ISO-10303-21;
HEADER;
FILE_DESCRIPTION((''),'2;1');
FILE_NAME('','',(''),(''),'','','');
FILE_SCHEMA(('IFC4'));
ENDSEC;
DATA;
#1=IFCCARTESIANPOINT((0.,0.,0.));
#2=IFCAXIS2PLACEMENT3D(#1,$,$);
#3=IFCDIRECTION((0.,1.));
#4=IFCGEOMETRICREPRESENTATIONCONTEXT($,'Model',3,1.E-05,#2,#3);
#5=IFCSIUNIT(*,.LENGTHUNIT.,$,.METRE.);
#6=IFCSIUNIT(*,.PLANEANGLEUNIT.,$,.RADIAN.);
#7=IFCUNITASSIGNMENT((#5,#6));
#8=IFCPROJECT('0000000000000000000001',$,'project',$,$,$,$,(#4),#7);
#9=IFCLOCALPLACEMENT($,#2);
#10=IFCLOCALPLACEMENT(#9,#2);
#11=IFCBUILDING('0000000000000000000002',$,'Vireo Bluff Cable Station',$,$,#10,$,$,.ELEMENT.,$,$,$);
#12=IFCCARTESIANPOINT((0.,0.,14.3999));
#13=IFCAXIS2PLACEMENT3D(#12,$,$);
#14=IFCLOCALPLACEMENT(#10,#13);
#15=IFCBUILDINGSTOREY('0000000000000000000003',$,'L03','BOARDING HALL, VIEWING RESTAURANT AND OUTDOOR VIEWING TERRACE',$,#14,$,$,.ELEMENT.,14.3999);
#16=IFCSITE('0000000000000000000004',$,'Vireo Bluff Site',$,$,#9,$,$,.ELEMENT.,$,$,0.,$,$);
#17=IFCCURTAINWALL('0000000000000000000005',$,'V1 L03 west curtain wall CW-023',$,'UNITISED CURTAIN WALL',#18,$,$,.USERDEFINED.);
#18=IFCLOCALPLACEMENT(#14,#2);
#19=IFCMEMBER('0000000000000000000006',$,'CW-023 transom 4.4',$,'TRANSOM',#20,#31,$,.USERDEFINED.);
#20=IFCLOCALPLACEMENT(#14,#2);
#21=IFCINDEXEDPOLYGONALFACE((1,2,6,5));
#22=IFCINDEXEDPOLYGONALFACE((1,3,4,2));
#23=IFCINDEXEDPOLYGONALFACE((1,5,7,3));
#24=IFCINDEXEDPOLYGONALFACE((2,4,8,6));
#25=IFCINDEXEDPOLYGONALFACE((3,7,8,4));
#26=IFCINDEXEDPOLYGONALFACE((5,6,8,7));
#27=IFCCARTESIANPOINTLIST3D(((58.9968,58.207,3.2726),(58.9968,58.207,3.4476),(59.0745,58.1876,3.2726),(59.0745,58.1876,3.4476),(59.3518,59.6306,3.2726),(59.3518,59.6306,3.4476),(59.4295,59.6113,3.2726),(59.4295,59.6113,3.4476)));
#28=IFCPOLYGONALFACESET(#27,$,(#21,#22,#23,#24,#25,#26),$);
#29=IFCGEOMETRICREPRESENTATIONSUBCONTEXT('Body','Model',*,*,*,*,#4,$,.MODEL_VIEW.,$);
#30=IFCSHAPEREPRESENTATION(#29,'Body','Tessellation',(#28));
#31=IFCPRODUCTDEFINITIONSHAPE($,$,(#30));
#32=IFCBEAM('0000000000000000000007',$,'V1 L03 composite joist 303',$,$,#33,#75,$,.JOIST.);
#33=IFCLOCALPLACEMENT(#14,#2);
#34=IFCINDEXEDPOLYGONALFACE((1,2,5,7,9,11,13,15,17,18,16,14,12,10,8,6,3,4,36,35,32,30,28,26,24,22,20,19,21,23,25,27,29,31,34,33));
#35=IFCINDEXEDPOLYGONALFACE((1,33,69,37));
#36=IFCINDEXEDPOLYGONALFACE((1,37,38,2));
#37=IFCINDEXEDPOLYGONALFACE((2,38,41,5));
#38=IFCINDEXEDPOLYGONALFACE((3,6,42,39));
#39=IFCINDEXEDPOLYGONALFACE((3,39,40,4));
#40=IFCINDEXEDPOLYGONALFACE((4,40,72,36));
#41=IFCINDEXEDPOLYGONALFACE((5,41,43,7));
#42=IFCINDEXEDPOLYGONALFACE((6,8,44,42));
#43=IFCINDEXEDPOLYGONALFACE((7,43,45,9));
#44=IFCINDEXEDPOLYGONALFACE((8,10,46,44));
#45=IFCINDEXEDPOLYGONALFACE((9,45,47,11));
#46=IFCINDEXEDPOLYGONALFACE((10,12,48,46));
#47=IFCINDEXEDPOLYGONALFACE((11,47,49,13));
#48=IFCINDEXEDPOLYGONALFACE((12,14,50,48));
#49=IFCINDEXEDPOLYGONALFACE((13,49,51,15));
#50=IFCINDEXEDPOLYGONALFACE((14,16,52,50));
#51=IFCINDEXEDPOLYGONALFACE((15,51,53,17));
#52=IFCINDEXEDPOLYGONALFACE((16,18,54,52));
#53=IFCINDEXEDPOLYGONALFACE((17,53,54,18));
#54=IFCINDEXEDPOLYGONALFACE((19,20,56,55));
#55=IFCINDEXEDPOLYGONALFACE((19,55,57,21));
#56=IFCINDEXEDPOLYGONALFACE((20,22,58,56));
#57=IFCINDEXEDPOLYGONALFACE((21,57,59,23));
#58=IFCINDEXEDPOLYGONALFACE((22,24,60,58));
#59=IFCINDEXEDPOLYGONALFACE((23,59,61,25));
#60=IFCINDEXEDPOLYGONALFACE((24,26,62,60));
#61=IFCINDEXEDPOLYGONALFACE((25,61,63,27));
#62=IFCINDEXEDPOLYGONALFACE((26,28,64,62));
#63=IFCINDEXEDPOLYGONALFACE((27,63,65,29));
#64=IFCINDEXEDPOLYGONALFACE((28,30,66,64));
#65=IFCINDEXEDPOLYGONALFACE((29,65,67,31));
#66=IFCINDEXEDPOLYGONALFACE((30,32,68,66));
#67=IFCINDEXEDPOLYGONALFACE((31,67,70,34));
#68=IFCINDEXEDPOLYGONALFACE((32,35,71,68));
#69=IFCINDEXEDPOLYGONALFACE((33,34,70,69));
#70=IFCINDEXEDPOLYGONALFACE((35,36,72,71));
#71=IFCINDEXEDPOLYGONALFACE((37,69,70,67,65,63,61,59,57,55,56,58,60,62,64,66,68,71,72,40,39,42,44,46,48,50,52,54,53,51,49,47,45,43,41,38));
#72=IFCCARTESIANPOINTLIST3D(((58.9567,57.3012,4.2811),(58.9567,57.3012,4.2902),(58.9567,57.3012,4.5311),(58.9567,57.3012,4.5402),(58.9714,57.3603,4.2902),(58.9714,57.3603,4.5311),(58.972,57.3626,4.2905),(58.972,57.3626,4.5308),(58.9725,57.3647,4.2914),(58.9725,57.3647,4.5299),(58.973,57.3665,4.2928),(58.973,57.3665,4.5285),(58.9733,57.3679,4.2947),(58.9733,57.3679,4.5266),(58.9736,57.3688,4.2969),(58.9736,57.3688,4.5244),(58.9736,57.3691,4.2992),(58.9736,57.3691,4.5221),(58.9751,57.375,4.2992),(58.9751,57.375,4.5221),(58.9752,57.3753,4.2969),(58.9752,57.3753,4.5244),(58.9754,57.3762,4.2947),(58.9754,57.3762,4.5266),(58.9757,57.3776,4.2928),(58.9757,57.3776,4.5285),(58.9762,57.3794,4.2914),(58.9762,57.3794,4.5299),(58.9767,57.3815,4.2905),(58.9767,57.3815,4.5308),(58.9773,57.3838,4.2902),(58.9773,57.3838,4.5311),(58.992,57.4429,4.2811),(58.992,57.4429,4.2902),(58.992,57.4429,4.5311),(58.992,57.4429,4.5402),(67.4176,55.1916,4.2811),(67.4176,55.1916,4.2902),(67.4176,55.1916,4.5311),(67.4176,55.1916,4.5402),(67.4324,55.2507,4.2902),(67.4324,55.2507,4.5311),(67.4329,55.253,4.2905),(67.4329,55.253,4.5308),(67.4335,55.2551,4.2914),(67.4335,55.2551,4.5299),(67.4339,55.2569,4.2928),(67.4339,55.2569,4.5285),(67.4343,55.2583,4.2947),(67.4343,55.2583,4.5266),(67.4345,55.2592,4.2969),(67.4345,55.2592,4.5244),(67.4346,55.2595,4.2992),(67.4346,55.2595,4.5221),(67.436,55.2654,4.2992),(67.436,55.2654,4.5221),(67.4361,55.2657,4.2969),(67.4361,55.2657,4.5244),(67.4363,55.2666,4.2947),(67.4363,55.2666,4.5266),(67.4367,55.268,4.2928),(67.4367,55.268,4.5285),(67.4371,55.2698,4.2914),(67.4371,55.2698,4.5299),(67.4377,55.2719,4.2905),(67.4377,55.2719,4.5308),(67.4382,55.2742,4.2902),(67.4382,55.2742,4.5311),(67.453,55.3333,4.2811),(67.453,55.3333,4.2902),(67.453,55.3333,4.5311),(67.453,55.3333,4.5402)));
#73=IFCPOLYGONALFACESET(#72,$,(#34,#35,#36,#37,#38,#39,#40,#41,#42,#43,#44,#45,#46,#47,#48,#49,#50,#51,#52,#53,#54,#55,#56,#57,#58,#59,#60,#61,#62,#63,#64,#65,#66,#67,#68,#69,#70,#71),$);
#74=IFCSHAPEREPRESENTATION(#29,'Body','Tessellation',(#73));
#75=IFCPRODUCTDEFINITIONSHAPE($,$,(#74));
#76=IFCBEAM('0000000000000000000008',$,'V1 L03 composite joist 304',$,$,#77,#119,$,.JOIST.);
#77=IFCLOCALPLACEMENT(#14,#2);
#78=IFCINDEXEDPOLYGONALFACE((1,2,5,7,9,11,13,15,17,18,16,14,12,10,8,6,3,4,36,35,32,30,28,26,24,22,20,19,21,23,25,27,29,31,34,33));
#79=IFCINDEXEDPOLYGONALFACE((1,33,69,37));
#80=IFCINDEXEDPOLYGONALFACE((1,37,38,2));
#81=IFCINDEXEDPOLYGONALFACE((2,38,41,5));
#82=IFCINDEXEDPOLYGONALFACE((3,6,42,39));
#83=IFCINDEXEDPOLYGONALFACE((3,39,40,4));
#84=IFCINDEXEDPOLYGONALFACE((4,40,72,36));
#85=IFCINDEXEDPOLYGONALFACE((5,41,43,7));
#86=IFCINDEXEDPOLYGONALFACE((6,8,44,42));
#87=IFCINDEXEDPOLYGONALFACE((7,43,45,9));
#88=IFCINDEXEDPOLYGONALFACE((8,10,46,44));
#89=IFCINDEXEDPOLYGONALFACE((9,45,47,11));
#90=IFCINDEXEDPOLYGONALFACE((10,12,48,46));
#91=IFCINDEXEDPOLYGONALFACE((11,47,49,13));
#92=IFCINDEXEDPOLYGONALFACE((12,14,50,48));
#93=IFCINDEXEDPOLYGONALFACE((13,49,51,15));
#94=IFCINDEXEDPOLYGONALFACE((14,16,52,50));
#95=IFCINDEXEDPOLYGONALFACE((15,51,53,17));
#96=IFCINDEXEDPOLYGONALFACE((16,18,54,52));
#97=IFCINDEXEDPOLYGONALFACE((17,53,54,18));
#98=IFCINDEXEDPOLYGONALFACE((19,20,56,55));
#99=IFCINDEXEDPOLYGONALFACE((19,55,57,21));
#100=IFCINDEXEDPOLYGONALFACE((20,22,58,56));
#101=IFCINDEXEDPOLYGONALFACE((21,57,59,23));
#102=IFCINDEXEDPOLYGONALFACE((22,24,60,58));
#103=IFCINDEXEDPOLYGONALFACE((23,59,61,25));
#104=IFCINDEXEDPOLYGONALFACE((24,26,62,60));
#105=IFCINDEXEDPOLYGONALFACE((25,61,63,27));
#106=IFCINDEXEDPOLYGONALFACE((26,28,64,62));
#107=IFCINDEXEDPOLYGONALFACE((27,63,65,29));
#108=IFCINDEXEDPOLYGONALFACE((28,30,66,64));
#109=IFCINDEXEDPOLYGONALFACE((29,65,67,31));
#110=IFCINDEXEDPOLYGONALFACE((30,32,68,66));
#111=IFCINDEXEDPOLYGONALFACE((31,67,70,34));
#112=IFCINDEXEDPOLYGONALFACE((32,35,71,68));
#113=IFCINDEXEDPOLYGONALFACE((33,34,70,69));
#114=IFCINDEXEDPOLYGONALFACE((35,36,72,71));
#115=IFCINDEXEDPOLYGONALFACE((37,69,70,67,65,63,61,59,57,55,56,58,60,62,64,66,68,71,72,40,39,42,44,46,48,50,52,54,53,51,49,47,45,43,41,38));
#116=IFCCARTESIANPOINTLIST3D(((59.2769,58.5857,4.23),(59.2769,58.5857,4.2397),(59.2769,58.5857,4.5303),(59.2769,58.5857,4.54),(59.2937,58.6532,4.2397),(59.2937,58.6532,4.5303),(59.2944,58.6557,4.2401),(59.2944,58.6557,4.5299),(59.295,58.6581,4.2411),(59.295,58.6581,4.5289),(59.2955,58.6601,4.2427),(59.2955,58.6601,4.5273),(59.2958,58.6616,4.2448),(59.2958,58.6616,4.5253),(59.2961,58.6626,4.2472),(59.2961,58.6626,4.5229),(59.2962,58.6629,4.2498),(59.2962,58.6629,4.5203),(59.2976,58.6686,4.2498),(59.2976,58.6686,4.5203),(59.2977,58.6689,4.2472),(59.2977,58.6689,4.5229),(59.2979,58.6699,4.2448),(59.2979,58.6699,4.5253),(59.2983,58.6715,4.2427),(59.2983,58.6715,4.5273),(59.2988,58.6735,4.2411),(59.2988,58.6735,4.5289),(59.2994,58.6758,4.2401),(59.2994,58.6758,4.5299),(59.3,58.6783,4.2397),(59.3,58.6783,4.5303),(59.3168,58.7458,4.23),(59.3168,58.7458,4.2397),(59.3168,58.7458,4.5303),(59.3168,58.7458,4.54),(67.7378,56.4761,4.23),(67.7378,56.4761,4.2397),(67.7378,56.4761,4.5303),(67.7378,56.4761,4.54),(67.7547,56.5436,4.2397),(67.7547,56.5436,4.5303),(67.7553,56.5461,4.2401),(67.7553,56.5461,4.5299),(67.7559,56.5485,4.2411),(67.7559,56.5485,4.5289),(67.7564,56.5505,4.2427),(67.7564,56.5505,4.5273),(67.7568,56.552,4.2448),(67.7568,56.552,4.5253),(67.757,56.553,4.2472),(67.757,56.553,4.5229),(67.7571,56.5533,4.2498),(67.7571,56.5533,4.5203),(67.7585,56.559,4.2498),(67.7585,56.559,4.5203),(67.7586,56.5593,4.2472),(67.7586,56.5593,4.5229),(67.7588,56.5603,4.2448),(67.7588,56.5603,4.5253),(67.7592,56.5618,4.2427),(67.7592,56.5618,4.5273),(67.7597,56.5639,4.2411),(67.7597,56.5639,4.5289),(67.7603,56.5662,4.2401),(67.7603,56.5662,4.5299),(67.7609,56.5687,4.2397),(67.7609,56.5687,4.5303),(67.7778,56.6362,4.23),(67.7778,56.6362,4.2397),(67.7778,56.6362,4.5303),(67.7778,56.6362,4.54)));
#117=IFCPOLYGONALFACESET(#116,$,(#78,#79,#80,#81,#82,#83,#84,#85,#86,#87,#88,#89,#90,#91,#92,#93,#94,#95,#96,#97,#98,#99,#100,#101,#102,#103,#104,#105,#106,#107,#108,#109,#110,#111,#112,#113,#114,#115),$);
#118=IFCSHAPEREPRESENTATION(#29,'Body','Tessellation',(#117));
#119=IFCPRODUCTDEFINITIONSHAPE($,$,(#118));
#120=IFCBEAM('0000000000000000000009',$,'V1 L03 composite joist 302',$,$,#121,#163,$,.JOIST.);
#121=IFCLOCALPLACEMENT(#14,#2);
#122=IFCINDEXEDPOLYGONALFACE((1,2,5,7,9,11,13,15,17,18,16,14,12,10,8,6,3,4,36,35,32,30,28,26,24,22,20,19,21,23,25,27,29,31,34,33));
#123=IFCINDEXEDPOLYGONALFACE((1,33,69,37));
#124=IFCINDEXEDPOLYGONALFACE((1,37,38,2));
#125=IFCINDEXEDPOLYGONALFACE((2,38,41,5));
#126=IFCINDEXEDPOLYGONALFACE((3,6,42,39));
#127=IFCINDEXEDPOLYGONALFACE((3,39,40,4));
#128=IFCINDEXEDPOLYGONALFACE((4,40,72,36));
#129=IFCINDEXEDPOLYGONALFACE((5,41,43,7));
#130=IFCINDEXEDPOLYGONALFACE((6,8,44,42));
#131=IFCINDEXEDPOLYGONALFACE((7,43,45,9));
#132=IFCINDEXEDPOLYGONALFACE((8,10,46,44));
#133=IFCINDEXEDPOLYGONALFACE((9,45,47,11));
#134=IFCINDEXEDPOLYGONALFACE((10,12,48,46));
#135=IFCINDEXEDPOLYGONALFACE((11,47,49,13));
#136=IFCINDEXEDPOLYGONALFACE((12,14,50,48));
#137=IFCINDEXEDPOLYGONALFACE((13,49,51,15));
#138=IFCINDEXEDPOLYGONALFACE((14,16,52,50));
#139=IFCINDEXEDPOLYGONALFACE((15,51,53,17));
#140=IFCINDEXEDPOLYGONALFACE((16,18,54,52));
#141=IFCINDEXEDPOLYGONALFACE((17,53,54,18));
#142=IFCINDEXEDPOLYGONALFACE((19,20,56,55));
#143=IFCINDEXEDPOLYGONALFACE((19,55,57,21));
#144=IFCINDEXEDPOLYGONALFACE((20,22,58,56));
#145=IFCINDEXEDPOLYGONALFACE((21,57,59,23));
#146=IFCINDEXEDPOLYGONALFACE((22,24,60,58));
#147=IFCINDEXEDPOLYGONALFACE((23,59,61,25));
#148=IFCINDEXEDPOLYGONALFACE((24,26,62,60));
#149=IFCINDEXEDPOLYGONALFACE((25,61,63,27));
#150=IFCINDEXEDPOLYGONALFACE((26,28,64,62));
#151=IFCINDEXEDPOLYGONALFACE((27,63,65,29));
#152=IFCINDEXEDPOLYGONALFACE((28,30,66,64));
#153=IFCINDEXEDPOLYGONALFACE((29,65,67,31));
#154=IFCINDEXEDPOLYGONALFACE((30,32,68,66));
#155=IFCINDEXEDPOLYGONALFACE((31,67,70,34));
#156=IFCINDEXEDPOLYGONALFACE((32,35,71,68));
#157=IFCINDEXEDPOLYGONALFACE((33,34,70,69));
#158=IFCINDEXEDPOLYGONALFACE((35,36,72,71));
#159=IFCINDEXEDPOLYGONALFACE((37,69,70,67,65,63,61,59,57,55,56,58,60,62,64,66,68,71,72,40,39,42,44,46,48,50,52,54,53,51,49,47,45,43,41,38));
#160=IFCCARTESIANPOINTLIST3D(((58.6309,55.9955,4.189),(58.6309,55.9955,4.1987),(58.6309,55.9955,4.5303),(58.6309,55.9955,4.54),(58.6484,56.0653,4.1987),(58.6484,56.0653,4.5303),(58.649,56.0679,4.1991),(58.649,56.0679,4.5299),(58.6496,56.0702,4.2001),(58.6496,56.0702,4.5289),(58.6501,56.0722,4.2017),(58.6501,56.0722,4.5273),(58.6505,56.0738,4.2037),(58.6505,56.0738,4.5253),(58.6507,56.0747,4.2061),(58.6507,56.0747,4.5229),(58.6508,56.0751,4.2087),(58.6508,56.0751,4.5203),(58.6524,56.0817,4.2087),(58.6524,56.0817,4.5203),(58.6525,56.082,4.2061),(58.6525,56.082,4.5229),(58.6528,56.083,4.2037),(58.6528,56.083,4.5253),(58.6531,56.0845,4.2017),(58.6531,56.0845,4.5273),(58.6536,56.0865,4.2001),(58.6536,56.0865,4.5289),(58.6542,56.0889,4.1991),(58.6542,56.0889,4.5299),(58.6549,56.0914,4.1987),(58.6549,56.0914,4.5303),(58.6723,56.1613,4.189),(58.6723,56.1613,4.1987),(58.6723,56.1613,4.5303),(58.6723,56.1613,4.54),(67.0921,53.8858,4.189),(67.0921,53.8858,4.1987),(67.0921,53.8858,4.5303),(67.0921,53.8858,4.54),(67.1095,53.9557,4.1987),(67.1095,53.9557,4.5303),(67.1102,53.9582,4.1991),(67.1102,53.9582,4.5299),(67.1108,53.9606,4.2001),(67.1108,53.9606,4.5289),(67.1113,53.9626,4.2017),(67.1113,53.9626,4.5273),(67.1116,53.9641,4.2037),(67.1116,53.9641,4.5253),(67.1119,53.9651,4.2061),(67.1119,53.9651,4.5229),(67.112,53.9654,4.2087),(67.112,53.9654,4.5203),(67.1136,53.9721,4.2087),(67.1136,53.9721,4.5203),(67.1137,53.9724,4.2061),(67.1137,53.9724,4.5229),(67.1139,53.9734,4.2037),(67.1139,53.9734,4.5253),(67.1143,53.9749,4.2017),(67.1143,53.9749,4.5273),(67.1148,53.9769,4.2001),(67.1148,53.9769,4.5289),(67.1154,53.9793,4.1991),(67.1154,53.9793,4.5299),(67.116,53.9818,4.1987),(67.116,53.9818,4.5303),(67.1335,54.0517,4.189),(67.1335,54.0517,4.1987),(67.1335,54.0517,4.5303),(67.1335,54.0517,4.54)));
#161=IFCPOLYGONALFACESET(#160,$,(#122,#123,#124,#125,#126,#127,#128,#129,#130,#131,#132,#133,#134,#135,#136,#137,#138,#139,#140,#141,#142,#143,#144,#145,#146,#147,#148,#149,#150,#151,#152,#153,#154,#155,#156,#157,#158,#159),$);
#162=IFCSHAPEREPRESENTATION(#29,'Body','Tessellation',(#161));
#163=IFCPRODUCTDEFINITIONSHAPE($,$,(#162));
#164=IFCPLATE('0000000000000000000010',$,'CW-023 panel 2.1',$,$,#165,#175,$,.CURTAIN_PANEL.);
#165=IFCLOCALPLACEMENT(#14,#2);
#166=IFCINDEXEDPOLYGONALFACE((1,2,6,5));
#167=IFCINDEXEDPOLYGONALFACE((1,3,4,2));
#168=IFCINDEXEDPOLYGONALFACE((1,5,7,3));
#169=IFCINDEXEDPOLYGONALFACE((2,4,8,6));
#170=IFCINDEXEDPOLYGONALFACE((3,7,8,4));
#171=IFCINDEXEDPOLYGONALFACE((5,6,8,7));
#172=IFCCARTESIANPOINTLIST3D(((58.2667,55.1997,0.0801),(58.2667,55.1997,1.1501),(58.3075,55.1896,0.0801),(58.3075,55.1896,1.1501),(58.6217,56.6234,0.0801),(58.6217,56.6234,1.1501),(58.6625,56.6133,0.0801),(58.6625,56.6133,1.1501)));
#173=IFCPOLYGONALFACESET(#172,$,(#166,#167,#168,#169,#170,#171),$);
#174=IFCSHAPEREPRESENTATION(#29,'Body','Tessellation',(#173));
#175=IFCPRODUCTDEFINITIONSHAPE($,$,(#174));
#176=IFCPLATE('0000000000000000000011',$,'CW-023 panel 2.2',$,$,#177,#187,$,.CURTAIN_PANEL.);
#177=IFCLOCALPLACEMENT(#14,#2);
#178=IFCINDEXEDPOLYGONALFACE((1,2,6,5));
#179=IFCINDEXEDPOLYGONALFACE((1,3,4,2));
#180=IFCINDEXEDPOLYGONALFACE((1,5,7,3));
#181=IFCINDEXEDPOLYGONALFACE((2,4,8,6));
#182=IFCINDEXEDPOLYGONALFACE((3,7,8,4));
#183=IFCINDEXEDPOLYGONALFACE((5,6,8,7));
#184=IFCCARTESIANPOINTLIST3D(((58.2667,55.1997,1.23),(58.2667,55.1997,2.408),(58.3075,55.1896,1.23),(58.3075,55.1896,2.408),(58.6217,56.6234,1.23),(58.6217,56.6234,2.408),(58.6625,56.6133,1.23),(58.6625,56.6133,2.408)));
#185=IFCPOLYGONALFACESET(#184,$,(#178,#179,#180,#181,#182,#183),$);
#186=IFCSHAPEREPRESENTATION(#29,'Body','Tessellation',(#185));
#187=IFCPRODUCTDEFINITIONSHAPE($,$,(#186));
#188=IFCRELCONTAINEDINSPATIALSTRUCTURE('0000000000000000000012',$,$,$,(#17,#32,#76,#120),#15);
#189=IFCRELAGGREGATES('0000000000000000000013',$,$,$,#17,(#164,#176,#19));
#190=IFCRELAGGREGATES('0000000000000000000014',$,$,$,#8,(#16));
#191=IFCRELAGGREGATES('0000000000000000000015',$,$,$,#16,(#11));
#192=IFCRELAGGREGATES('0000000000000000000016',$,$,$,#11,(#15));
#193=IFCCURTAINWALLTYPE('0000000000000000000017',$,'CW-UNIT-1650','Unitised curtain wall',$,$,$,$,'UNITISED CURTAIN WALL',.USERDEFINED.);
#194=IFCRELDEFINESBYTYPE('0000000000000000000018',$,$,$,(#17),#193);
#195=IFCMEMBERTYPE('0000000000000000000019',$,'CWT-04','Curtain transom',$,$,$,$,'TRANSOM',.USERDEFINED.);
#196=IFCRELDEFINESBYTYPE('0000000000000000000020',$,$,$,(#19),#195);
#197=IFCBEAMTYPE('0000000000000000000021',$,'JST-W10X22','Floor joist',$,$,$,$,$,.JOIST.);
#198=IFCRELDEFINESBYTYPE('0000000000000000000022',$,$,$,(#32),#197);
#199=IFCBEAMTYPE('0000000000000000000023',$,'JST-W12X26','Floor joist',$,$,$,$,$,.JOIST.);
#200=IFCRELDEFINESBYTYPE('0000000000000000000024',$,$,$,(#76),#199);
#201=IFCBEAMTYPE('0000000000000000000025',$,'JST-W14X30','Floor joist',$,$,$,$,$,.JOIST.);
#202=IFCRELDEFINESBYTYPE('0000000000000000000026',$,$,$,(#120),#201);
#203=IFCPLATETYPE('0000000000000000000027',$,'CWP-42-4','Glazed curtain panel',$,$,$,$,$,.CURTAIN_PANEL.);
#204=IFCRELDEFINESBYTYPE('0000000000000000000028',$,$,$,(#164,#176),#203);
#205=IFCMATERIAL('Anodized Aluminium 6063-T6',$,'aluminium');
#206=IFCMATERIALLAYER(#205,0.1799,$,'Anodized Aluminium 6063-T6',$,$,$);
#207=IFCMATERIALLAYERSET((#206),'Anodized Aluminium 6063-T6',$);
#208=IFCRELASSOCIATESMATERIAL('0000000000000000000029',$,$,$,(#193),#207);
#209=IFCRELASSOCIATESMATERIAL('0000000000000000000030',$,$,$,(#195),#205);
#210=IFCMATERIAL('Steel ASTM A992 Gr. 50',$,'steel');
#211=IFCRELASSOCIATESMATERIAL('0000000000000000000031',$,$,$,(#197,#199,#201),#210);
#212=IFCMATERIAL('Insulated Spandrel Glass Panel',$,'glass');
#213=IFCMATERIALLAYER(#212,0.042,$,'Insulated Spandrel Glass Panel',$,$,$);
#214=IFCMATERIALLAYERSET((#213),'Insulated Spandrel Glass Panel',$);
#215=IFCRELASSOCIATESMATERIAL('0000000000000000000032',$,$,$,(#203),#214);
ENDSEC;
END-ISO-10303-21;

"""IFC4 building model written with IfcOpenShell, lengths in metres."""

from ifc_helpers import new_model, si_unit, direction, frame, origin, origin_2d, place, context, subcontext, project, spatial, rectangle, i_section, extrude, material, layer, layer_set, material_profile, profile_set, type_object, element, aggregate, save


model = new_model("IFC4")

# Units and contexts
model_context = context("Model", 3, precision=1e-05, world=origin(), true_north=direction((0.0, 1.0)))
body_context = subcontext(model_context, "Body", "Model", "MODEL_VIEW")
ifc_project = project(units=[si_unit("LENGTHUNIT", "METRE"), si_unit("PLANEANGLEUNIT", "RADIAN")], contexts=[model_context])

# Site, building, storey
site_placement = place(None, origin())
site = spatial("IfcSite", under=ifc_project, at=site_placement, Name="Vireo Bluff Site", CompositionType="ELEMENT", RefElevation=0.0)
building_placement = place(site_placement, origin())
building = spatial("IfcBuilding", under=site, at=building_placement, Name="Vireo Bluff Cable Station", CompositionType="ELEMENT")
storey_placement = place(building_placement, frame((0.0, 0.0, 14.3999)))
storey = spatial("IfcBuildingStorey", under=building, at=storey_placement, Name="L03", Description="BOARDING HALL, VIEWING RESTAURANT AND OUTDOOR VIEWING TERRACE", CompositionType="ELEMENT", Elevation=14.3999)

# Curtain wall, member
ifc_material_1 = material(Name="Anodized Aluminium 6063-T6", Category="aluminium")
ifc_layer_1 = layer(ifc_material_1, 0.1799, Name="Anodized Aluminium 6063-T6")
ifc_layer_set_1 = layer_set([ifc_layer_1], Name="Anodized Aluminium 6063-T6")
curtain_wall_type = type_object("IfcCurtainWallType", Name="CW-UNIT-1650", Description="Unitised curtain wall", ElementType="UNITISED CURTAIN WALL", PredefinedType="USERDEFINED", material=ifc_layer_set_1)
curtain_wall_placement = place(storey_placement, origin())
curtain_wall = element("IfcCurtainWall", 1, at=curtain_wall_placement, inside=storey, type_object=curtain_wall_type, Name="V1 L03 west curtain wall CW-023", ObjectType="UNITISED CURTAIN WALL", PredefinedType="USERDEFINED")
ifc_material_profile_1 = material_profile(ifc_material_1, rectangle(XDim=0.0801, YDim=0.175, at=origin_2d()), Name="ALU-T-80X175")
ifc_profile_set_1 = profile_set([ifc_material_profile_1], Name="Anodized Aluminium 6063-T6")
member_type_1 = type_object("IfcMemberType", Name="CWT-04", Description="Curtain transom", ElementType="TRANSOM", PredefinedType="USERDEFINED", material=ifc_profile_set_1)
member_1_placement = place(storey_placement, frame((59.0356, 58.1973, 3.3601), z_axis=(0.241948, 0.970289, 0.0), x_axis=(-0.970289, 0.241948, 0.0)))
member_1 = element("IfcMember", 2, at=member_1_placement, type_object=member_type_1, Name="CW-023 transom 4.4", ObjectType="TRANSOM", PredefinedType="USERDEFINED", context=body_context, shape_type="SweptSolid", body=[
    extrude(rectangle(XDim=0.0801, YDim=0.175, at=origin_2d()), origin(), (0.0, 0.0, 1.0), 1.4673),
])

# Beams
ifc_material_2 = material(Name="Steel ASTM A992 Gr. 50", Category="steel")
ifc_material_profile_2 = material_profile(ifc_material_2, i_section(OverallWidth=0.146, OverallDepth=0.259, WebThickness=0.0061, FlangeThickness=0.009, FilletRadius=0.009, at=origin_2d()), Name="W10X22")
ifc_profile_set_2 = profile_set([ifc_material_profile_2], Name="Steel ASTM A992 Gr. 50")
beam_type_1 = type_object("IfcBeamType", Name="JST-W10X22", Description="Floor joist", PredefinedType="JOIST", material=ifc_profile_set_2)
beam_1_placement = place(storey_placement, frame((58.9744, 57.3721, 4.4106), z_axis=(0.970294, -0.24193, 0.0), x_axis=(0.24193, 0.970294, 0.0)))
element("IfcBeam", 3, at=beam_1_placement, inside=storey, type_object=beam_type_1, Name="V1 L03 composite joist 303", PredefinedType="JOIST", context=body_context, shape_type="SweptSolid", body=[
    extrude(i_section(OverallWidth=0.146, OverallDepth=0.259, WebThickness=0.0061, FlangeThickness=0.009, FilletRadius=0.009, at=origin_2d()), origin(), (0.0, 0.0, 1.0), 8.72),
])
ifc_material_profile_3 = material_profile(ifc_material_2, i_section(OverallWidth=0.165, OverallDepth=0.3101, WebThickness=0.0059, FlangeThickness=0.0098, FilletRadius=0.01, at=origin_2d()), Name="W12X26")
ifc_profile_set_3 = profile_set([ifc_material_profile_3], Name="Steel ASTM A992 Gr. 50")
beam_type_2 = type_object("IfcBeamType", Name="JST-W12X26", Description="Floor joist", PredefinedType="JOIST", material=ifc_profile_set_3)
beam_2_placement = place(storey_placement, frame((59.2969, 58.6658, 4.385), z_axis=(0.970294, -0.24193, 0.0), x_axis=(0.24193, 0.970294, 0.0)))
element("IfcBeam", 4, at=beam_2_placement, inside=storey, type_object=beam_type_2, Name="V1 L03 composite joist 304", PredefinedType="JOIST", context=body_context, shape_type="SweptSolid", body=[
    extrude(i_section(OverallWidth=0.165, OverallDepth=0.3101, WebThickness=0.0059, FlangeThickness=0.0098, FilletRadius=0.01, at=origin_2d()), origin(), (0.0, 0.0, 1.0), 8.72),
])
ifc_material_profile_4 = material_profile(ifc_material_2, i_section(OverallWidth=0.1709, OverallDepth=0.3511, WebThickness=0.0068, FlangeThickness=0.0098, FilletRadius=0.01, at=origin_2d()), Name="W14X30")
ifc_profile_set_4 = profile_set([ifc_material_profile_4], Name="Steel ASTM A992 Gr. 50")
beam_type_3 = type_object("IfcBeamType", Name="JST-W14X30", Description="Floor joist", PredefinedType="JOIST", material=ifc_profile_set_4)
beam_3_placement = place(storey_placement, frame((58.6516, 56.0784, 4.3645), z_axis=(0.970295, -0.241923, 0.0), x_axis=(0.241923, 0.970295, 0.0)))
element("IfcBeam", 5, at=beam_3_placement, inside=storey, type_object=beam_type_3, Name="V1 L03 composite joist 302", PredefinedType="JOIST", context=body_context, shape_type="SweptSolid", body=[
    extrude(i_section(OverallWidth=0.1709, OverallDepth=0.3511, WebThickness=0.0068, FlangeThickness=0.0098, FilletRadius=0.01, at=origin_2d()), origin(), (0.0, 0.0, 1.0), 8.7202),
])

# Plates
ifc_material_3 = material(Name="Insulated Spandrel Glass Panel", Category="glass")
ifc_layer_2 = layer(ifc_material_3, 0.042, Name="Insulated Spandrel Glass Panel")
ifc_layer_set_2 = layer_set([ifc_layer_2], Name="Insulated Spandrel Glass Panel")
plate_type = type_object("IfcPlateType", Name="CWP-42-4", Description="Glazed curtain panel", PredefinedType="CURTAIN_PANEL", material=ifc_layer_set_2)
plate_1_placement = place(storey_placement, frame((58.4646, 55.9065, 0.0801), z_axis=(0.0, 0.0, 1.0), x_axis=(0.241922, 0.970296, 0.0)))
plate_1 = element("IfcPlate", 6, at=plate_1_placement, type_object=plate_type, Name="CW-023 panel 2.1", PredefinedType="CURTAIN_PANEL", context=body_context, shape_type="SweptSolid", body=[
    extrude(rectangle(XDim=1.4673, YDim=0.042, at=origin_2d()), origin(), (0.0, 0.0, 1.0), 1.0701),
])
plate_2_placement = place(storey_placement, frame((58.4646, 55.9065, 1.23), z_axis=(0.0, 0.0, 1.0), x_axis=(0.241922, 0.970296, 0.0)))
plate_2 = element("IfcPlate", 7, at=plate_2_placement, type_object=plate_type, Name="CW-023 panel 2.2", PredefinedType="CURTAIN_PANEL", context=body_context, shape_type="SweptSolid", body=[
    extrude(rectangle(XDim=1.4673, YDim=0.042, at=origin_2d()), origin(), (0.0, 0.0, 1.0), 1.178),
])
aggregate(curtain_wall, [plate_1, plate_2, member_1])

save(model, "model.ifc")
